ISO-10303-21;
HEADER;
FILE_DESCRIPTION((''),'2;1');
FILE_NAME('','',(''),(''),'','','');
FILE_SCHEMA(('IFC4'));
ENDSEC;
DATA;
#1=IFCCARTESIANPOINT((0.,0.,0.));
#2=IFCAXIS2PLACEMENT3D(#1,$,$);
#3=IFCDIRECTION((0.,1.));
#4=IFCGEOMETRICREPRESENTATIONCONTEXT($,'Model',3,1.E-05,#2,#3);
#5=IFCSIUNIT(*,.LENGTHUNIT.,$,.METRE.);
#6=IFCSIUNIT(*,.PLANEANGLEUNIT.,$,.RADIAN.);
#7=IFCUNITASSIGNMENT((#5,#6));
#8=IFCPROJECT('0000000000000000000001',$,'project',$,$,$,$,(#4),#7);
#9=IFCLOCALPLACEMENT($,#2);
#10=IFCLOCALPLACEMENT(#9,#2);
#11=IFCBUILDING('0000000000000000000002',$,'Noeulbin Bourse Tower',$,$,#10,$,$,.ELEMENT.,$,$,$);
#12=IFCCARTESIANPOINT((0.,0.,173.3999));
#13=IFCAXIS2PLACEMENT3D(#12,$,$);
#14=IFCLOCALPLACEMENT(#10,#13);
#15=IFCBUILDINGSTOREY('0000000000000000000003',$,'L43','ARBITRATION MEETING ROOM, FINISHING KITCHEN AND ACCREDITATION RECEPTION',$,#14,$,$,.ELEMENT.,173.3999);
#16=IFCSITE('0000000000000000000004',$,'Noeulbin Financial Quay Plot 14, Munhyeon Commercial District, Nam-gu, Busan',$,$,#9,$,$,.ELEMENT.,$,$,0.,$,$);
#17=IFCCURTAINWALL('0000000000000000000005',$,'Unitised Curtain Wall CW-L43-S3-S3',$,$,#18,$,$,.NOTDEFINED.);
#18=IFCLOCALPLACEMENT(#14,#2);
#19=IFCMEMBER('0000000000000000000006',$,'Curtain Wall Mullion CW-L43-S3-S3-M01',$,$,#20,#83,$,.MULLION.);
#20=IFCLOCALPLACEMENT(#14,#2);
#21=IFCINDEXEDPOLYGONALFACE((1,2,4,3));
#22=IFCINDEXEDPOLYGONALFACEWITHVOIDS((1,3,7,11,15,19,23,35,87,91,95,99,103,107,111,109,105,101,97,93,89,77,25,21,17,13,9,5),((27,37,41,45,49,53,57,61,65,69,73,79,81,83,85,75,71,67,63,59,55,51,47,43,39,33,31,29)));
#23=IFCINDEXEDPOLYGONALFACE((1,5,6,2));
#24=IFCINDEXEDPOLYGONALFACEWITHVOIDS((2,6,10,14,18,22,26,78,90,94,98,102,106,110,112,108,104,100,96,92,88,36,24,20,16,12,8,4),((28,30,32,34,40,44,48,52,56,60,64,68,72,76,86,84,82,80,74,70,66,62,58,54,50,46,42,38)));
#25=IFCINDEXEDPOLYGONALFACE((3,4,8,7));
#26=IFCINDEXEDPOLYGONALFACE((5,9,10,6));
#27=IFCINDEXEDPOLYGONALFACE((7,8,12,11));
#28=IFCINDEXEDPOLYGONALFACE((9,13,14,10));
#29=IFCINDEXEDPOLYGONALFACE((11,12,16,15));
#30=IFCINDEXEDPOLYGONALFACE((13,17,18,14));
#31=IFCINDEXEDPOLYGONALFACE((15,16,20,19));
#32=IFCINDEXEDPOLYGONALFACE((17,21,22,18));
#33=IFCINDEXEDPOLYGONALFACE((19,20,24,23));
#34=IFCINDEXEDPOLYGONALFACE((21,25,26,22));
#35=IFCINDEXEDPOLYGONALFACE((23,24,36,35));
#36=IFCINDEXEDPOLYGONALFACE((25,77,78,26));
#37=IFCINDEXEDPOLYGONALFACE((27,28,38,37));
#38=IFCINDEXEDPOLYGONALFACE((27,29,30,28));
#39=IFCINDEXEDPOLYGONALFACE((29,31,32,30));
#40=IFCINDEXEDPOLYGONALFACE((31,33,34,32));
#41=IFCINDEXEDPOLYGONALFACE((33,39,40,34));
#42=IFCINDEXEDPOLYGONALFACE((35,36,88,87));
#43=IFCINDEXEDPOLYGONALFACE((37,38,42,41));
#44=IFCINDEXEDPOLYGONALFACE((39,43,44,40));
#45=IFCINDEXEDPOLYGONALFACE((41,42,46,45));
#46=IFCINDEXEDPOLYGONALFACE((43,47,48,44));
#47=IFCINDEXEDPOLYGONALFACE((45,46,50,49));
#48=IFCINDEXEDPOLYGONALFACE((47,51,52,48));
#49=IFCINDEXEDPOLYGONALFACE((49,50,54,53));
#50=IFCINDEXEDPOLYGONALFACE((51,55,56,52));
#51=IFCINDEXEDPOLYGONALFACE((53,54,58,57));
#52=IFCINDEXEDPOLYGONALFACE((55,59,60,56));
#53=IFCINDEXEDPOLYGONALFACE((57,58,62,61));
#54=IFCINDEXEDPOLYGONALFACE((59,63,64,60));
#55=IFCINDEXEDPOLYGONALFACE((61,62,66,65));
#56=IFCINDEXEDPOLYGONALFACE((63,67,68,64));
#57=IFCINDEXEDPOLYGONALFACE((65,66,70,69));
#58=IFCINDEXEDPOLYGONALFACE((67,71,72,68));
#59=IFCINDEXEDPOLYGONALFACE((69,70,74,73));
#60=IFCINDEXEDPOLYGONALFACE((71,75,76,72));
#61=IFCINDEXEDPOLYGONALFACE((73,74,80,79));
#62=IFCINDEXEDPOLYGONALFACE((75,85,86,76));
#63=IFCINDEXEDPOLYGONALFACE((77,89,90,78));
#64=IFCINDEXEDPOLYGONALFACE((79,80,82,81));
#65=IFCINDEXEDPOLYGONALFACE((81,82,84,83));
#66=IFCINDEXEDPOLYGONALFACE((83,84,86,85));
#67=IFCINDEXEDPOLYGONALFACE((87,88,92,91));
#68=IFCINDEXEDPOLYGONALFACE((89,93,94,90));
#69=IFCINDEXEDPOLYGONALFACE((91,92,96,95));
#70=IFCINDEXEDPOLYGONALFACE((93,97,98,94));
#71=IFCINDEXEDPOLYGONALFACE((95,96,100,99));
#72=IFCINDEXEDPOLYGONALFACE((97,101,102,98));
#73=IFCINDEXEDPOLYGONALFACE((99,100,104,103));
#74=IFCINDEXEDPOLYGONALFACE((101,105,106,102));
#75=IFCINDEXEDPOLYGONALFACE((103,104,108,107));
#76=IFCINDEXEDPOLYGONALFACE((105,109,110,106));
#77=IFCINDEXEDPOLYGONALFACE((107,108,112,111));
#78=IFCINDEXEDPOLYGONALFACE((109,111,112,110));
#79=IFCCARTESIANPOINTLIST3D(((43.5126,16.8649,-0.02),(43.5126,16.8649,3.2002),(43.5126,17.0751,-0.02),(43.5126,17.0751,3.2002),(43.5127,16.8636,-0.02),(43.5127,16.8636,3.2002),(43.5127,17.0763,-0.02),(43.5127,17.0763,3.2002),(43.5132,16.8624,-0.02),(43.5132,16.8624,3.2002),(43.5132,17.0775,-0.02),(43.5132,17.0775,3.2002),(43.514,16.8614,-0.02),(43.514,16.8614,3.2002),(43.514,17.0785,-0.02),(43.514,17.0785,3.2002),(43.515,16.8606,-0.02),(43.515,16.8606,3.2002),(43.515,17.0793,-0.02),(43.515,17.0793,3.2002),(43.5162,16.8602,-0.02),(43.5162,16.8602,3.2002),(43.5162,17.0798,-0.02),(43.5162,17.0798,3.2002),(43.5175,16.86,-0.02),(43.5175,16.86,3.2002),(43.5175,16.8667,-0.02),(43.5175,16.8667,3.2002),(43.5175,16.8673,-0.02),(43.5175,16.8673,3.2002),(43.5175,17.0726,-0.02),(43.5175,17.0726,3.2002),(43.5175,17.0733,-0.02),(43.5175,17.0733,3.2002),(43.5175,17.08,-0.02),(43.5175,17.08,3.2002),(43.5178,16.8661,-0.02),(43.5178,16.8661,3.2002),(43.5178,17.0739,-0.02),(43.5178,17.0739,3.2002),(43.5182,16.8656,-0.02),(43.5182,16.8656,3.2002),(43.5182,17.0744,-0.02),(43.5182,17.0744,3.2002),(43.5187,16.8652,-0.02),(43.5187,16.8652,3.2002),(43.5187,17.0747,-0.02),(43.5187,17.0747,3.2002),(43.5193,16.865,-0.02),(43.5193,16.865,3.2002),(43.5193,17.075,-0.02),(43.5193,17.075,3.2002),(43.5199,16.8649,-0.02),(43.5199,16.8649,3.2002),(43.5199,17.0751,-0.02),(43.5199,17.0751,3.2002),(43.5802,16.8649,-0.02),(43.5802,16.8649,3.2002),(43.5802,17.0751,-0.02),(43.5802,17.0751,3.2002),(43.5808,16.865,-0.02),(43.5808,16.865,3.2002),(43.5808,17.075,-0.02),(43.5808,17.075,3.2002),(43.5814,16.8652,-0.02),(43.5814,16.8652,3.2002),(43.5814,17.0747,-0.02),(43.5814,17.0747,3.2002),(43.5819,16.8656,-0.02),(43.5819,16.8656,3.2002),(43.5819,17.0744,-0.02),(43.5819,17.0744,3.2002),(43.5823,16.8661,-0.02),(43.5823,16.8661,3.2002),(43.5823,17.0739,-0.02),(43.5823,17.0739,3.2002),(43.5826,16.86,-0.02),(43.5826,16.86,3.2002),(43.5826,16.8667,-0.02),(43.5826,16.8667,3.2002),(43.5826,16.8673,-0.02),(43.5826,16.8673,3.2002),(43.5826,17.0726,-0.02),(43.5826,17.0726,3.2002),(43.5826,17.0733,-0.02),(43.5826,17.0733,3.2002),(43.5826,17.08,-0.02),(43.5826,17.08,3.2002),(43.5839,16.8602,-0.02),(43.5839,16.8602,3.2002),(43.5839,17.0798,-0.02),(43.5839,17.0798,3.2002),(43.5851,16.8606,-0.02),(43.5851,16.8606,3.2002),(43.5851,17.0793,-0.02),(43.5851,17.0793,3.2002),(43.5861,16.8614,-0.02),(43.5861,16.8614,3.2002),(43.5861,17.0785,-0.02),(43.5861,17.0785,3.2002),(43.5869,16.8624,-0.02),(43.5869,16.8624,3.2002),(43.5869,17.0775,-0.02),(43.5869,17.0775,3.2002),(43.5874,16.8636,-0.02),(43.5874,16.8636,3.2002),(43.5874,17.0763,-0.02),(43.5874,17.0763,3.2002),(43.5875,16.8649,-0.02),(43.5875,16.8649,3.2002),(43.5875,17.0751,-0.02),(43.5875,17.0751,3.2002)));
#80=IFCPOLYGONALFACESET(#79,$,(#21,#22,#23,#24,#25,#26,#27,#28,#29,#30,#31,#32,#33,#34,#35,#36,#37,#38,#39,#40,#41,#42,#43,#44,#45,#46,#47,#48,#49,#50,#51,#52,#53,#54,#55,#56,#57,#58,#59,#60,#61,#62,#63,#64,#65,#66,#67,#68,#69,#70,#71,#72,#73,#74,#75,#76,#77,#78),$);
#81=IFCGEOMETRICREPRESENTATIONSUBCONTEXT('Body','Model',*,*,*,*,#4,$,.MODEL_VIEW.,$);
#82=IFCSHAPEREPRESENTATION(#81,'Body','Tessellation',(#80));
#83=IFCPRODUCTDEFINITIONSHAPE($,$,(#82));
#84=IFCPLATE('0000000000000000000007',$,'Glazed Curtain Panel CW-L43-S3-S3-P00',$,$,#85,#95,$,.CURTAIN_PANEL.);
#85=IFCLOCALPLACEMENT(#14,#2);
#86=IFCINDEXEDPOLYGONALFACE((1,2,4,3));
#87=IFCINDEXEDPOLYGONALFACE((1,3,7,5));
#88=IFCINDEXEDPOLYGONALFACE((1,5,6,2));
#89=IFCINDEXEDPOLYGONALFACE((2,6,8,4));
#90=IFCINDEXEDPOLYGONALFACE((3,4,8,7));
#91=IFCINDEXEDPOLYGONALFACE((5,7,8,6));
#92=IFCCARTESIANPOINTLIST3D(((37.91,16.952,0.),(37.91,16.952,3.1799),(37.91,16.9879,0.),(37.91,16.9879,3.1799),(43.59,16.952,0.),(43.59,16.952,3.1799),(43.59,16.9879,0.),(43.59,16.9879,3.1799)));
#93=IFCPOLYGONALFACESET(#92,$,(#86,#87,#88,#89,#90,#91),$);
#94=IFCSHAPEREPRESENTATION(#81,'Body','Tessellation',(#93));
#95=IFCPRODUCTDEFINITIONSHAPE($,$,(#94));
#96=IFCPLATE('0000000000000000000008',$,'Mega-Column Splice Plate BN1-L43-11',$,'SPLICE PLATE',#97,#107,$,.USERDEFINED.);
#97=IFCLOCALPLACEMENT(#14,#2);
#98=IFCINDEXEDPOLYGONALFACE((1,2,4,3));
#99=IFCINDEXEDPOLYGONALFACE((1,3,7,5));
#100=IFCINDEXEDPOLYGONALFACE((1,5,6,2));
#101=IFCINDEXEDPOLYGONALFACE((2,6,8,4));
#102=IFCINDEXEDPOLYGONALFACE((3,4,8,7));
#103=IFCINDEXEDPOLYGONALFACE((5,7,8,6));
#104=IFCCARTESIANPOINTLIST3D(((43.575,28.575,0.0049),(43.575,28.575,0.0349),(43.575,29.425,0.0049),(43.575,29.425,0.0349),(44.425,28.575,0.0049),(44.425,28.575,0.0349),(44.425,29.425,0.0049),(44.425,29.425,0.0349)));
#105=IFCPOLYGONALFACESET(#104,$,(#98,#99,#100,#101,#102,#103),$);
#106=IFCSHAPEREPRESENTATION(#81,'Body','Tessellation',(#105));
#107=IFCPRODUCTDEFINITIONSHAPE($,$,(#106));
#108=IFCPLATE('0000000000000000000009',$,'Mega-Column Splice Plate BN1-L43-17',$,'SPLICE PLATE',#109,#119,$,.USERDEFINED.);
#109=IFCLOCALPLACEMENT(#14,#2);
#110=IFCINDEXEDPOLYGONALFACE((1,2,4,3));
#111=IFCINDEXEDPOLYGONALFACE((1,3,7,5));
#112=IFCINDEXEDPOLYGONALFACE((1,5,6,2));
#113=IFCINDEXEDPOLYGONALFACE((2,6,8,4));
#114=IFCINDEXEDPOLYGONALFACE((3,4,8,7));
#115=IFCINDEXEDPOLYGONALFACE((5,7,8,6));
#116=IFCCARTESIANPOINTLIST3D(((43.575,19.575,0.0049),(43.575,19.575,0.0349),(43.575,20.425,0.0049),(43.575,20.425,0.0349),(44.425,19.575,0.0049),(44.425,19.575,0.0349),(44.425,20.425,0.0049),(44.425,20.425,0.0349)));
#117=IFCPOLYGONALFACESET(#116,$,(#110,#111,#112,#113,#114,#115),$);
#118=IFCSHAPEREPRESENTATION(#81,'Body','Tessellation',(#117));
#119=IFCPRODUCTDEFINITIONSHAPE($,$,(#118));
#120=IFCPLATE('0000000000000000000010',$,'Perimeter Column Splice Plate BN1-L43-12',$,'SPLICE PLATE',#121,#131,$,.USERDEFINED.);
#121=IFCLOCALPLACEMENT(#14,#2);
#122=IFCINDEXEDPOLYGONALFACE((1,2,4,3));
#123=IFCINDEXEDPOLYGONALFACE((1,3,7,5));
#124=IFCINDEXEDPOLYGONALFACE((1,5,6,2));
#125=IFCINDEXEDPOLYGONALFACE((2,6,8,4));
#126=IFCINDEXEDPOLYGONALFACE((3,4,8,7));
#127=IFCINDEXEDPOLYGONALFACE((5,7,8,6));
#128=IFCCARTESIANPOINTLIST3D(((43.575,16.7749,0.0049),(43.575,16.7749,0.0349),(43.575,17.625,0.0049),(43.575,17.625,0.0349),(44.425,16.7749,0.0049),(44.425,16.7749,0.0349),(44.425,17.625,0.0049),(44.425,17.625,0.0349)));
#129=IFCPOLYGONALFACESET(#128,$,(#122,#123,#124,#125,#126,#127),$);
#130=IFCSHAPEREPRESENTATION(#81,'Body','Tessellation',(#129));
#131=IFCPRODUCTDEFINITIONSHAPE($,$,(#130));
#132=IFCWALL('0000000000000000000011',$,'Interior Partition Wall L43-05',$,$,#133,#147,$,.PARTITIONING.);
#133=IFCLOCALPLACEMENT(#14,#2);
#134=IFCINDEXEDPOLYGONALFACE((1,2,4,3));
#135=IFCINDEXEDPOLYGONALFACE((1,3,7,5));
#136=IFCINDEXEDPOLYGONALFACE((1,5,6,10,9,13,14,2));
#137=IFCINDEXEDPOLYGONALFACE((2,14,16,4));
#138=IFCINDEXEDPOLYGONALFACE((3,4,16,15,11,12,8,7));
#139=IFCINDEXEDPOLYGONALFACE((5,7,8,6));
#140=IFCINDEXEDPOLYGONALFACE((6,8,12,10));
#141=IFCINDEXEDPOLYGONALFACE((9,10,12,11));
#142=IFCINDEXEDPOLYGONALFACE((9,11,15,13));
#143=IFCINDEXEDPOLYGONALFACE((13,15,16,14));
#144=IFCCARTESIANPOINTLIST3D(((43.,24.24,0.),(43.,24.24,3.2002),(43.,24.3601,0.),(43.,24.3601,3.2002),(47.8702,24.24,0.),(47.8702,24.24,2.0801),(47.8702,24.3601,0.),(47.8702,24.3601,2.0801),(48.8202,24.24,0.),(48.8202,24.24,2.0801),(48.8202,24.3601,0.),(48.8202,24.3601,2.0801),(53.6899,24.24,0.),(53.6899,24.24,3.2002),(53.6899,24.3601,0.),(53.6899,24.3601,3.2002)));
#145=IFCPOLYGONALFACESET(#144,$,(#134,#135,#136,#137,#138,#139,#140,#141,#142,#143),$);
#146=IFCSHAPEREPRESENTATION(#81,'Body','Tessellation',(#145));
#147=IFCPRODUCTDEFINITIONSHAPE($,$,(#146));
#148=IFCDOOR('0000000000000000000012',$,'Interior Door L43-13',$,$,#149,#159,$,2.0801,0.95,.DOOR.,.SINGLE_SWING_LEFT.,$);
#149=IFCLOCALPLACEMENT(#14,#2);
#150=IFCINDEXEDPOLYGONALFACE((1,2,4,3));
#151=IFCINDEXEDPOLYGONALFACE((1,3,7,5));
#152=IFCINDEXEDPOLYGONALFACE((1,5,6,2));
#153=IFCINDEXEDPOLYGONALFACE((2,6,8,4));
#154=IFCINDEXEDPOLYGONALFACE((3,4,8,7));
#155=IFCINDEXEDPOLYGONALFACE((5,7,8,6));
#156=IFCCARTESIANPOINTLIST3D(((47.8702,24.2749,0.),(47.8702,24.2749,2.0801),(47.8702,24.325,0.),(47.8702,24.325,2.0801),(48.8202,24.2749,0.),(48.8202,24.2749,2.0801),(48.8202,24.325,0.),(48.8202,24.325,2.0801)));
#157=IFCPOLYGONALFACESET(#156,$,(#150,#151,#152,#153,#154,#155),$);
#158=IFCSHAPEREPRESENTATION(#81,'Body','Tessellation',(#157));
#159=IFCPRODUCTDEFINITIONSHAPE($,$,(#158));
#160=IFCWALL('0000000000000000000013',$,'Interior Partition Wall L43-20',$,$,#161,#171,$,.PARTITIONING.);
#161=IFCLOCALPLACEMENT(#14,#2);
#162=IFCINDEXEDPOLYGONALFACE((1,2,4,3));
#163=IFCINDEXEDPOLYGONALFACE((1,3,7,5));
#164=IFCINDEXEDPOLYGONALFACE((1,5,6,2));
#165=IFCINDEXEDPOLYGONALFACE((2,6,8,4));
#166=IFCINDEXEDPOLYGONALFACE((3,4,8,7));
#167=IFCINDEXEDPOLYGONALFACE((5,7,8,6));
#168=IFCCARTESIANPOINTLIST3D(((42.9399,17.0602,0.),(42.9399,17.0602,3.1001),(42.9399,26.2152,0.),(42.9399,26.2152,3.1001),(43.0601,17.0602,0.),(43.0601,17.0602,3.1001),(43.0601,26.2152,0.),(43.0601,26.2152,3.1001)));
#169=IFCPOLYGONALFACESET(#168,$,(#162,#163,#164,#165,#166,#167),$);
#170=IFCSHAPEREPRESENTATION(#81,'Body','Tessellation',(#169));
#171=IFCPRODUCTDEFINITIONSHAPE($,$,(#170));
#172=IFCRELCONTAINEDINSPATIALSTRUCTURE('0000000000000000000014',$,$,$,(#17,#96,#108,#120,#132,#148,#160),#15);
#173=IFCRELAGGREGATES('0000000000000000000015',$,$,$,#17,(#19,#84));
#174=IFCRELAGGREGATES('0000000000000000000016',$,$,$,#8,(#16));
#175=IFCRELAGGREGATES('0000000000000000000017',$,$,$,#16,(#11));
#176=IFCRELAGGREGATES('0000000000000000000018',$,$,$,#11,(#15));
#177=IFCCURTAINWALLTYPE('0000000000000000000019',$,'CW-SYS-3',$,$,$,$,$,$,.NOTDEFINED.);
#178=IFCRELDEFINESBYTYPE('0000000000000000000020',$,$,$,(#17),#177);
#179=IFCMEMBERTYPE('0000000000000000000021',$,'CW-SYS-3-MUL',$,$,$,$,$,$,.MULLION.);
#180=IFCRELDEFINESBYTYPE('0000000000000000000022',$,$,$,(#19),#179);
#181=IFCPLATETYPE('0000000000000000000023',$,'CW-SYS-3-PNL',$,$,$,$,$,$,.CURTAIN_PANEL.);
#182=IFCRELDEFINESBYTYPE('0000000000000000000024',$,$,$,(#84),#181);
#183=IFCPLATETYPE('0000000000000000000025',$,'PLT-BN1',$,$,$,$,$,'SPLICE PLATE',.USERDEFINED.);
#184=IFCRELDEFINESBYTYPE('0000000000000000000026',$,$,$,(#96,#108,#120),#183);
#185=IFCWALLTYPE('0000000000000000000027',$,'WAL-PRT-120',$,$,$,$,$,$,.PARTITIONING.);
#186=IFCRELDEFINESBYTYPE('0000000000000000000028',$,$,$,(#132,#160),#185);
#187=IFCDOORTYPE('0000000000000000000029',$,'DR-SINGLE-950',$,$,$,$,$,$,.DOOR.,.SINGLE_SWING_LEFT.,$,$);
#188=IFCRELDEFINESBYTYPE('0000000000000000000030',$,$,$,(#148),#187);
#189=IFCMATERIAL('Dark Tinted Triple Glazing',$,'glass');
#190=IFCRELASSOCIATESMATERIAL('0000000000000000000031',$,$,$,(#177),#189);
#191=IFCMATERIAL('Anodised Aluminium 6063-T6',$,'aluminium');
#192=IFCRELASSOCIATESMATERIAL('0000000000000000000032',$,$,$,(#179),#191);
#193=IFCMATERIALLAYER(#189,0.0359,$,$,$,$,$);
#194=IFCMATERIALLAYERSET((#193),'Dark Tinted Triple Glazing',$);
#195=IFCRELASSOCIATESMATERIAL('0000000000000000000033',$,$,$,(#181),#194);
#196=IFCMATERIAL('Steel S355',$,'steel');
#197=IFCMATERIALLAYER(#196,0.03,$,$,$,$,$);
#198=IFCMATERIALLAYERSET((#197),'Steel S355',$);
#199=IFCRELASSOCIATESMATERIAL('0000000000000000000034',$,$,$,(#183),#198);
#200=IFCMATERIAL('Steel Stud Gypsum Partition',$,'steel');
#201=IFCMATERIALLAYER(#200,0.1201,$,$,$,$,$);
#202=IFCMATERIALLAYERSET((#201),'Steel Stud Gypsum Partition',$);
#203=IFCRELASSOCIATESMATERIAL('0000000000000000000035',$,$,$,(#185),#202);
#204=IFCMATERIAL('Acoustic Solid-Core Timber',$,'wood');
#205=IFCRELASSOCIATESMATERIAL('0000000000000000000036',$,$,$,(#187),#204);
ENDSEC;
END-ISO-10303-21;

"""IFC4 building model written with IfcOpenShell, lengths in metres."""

from ifc_helpers import new_model, si_unit, direction, frame, frame_2d, origin, origin_2d, place, context, subcontext, project, spatial, rectangle, hollow_rectangle, extrude, material, layer, layer_set, material_profile, profile_set, type_object, element, fill, aggregate, save


model = new_model("IFC4")

# Units and contexts
model_context = context("Model", 3, precision=1e-05, world=origin(), true_north=direction((0.0, 1.0)))
body_context = subcontext(model_context, "Body", "Model", "MODEL_VIEW")
ifc_project = project(units=[si_unit("LENGTHUNIT", "METRE"), si_unit("PLANEANGLEUNIT", "RADIAN")], contexts=[model_context])

# Site, building, storey
site_placement = place(None, origin())
site = spatial("IfcSite", under=ifc_project, at=site_placement, Name="Noeulbin Financial Quay Plot 14, Munhyeon Commercial District, Nam-gu, Busan", CompositionType="ELEMENT", RefElevation=0.0)
building_placement = place(site_placement, origin())
building = spatial("IfcBuilding", under=site, at=building_placement, Name="Noeulbin Bourse Tower", CompositionType="ELEMENT")
storey_placement = place(building_placement, frame((0.0, 0.0, 173.3999)))
storey = spatial("IfcBuildingStorey", under=building, at=storey_placement, Name="L43", Description="ARBITRATION MEETING ROOM, FINISHING KITCHEN AND ACCREDITATION RECEPTION", CompositionType="ELEMENT", Elevation=173.3999)

# Shared definitions
ifc_material_1 = material(Name="Steel S355", Category="steel")

# Curtain wall, member, plate
ifc_material_2 = material(Name="Dark Tinted Triple Glazing", Category="glass")
curtain_wall_type = type_object("IfcCurtainWallType", Name="CW-SYS-3", PredefinedType="NOTDEFINED", material=ifc_material_2)
curtain_wall_placement = place(storey_placement, origin())
curtain_wall = element("IfcCurtainWall", 1, at=curtain_wall_placement, inside=storey, type_object=curtain_wall_type, Name="Unitised Curtain Wall CW-L43-S3-S3", PredefinedType="NOTDEFINED")
ifc_material_3 = material(Name="Anodised Aluminium 6063-T6", Category="aluminium")
ifc_material_profile_1 = material_profile(ifc_material_3, hollow_rectangle(XDim=0.075, YDim=0.22, WallThickness=0.0049, InnerFilletRadius=0.0024, OuterFilletRadius=0.0049, at=origin_2d()), Name="ALU-MULL-75x220x5", Category="LoadBearing")
ifc_profile_set_1 = profile_set([ifc_material_profile_1], Name="Anodised Aluminium 6063-T6")
member_type = type_object("IfcMemberType", Name="CW-SYS-3-MUL", PredefinedType="MULLION", material=ifc_profile_set_1)
member_placement = place(storey_placement, frame((43.55, 16.97, -0.02), z_axis=(0.0, 0.0, 1.0), x_axis=(1.0, 0.0, 0.0)))
member = element("IfcMember", 2, at=member_placement, type_object=member_type, Name="Curtain Wall Mullion CW-L43-S3-S3-M01", PredefinedType="MULLION", context=body_context, shape_type="SweptSolid", body=[
    extrude(hollow_rectangle(XDim=0.075, YDim=0.22, WallThickness=0.0049, InnerFilletRadius=0.0024, OuterFilletRadius=0.0049, at=origin_2d()), origin(), (0.0, 0.0, 1.0), 3.2202),
])
ifc_layer_1 = layer(ifc_material_2, 0.0359)
ifc_layer_set_1 = layer_set([ifc_layer_1], Name="Dark Tinted Triple Glazing")
plate_type_1 = type_object("IfcPlateType", Name="CW-SYS-3-PNL", PredefinedType="CURTAIN_PANEL", material=ifc_layer_set_1)
plate_placement = place(storey_placement, frame((40.75, 16.97, 0.0), z_axis=(0.0, 0.0, 1.0), x_axis=(1.0, 0.0, 0.0)))
plate = element("IfcPlate", 3, at=plate_placement, type_object=plate_type_1, Name="Glazed Curtain Panel CW-L43-S3-S3-P00", PredefinedType="CURTAIN_PANEL", context=body_context, shape_type="SweptSolid", body=[
    extrude(rectangle(XDim=5.6799, YDim=0.0359, at=origin_2d()), origin(), (0.0, 0.0, 1.0), 3.1799),
])
aggregate(curtain_wall, [member, plate])

# Plates
ifc_layer_2 = layer(ifc_material_1, 0.03)
ifc_layer_set_2 = layer_set([ifc_layer_2], Name="Steel S355")
plate_type_2 = type_object("IfcPlateType", Name="PLT-BN1", ElementType="SPLICE PLATE", PredefinedType="USERDEFINED", material=ifc_layer_set_2)
for number, where, z_axis, x_axis, name in (
    (4, (44.0, 29.0, 0.0049), (0.0, 0.0, 1.0), (1.0, 0.0, 0.0), "Mega-Column Splice Plate BN1-L43-11"),
    (5, (44.0, 20.0, 0.0049), (0.0, 0.0, 1.0), (1.0, 0.0, 0.0), "Mega-Column Splice Plate BN1-L43-17"),
    (6, (44.0, 17.2, 0.0049), (0.0, 0.0, 1.0), (1.0, 0.0, 0.0), "Perimeter Column Splice Plate BN1-L43-12"),
):
    element("IfcPlate", number, at=place(storey_placement, frame(where, z_axis=z_axis, x_axis=x_axis)), inside=storey, type_object=plate_type_2, Name=name, ObjectType="SPLICE PLATE", PredefinedType="USERDEFINED", context=body_context, shape_type="SweptSolid", body=[
        extrude(rectangle(XDim=0.8501, YDim=0.8501, at=origin_2d()), origin(), (0.0, 0.0, 1.0), 0.03),
    ])

# Wall, opening, door
ifc_material_4 = material(Name="Steel Stud Gypsum Partition", Category="steel")
ifc_layer_3 = layer(ifc_material_4, 0.1201)
ifc_layer_set_3 = layer_set([ifc_layer_3], Name="Steel Stud Gypsum Partition")
wall_type = type_object("IfcWallType", Name="WAL-PRT-120", PredefinedType="PARTITIONING", material=ifc_layer_set_3)
wall_1_placement = place(storey_placement, frame((43.0, 24.3, 0.0), z_axis=(0.0, 0.0, 1.0), x_axis=(1.0, 0.0, 0.0)))
wall_1 = element("IfcWall", 7, at=wall_1_placement, inside=storey, type_object=wall_type, Name="Interior Partition Wall L43-05", PredefinedType="PARTITIONING", context=body_context, shape_type="SweptSolid", body=[
    extrude(rectangle(XDim=10.6899, YDim=0.1201, at=frame_2d((5.345, 0.0))), origin(), (0.0, 0.0, 1.0), 3.2002),
])
opening_placement = place(wall_1_placement, frame((4.8701, 0.0, 0.0)))
opening = element("IfcOpeningElement", 8, at=opening_placement, cuts=wall_1, PredefinedType="OPENING", context=body_context, shape_type="SweptSolid", body=[
    extrude(rectangle(XDim=0.95, YDim=2.0801, at=frame_2d((0.4751, 1.04))), frame((0.0, 0.0701, 0.0), z_axis=(0.0, -1.0, 0.0), x_axis=(1.0, 0.0, 0.0)), (0.0, 0.0, 1.0), 0.1401),
])
ifc_material_5 = material(Name="Acoustic Solid-Core Timber", Category="wood")
door_type = type_object("IfcDoorType", Name="DR-SINGLE-950", OperationType="SINGLE_SWING_LEFT", PredefinedType="DOOR", material=ifc_material_5)
door_placement = place(opening_placement, origin())
door = element("IfcDoor", 9, at=door_placement, inside=storey, type_object=door_type, Name="Interior Door L43-13", OperationType="SINGLE_SWING_LEFT", OverallHeight=2.0801, OverallWidth=0.95, PredefinedType="DOOR", context=body_context, shape_type="SweptSolid", body=[
    extrude(rectangle(XDim=0.95, YDim=2.0801, at=frame_2d((0.4751, 1.04))), frame((0.0, 0.0249, 0.0), z_axis=(0.0, -1.0, 0.0), x_axis=(1.0, 0.0, 0.0)), (0.0, 0.0, 1.0), 0.05),
])
fill(opening, door)

# Wall
wall_2_placement = place(storey_placement, frame((43.0, 17.0601, 0.0), z_axis=(0.0, 0.0, 1.0), x_axis=(0.0, 1.0, 0.0)))
element("IfcWall", 10, at=wall_2_placement, inside=storey, type_object=wall_type, Name="Interior Partition Wall L43-20", PredefinedType="PARTITIONING", context=body_context, shape_type="SweptSolid", body=[
    extrude(rectangle(XDim=9.155, YDim=0.1201, at=frame_2d((4.5776, 0.0))), origin(), (0.0, 0.0, 1.0), 3.1001),
])

save(model, "model.ifc")
